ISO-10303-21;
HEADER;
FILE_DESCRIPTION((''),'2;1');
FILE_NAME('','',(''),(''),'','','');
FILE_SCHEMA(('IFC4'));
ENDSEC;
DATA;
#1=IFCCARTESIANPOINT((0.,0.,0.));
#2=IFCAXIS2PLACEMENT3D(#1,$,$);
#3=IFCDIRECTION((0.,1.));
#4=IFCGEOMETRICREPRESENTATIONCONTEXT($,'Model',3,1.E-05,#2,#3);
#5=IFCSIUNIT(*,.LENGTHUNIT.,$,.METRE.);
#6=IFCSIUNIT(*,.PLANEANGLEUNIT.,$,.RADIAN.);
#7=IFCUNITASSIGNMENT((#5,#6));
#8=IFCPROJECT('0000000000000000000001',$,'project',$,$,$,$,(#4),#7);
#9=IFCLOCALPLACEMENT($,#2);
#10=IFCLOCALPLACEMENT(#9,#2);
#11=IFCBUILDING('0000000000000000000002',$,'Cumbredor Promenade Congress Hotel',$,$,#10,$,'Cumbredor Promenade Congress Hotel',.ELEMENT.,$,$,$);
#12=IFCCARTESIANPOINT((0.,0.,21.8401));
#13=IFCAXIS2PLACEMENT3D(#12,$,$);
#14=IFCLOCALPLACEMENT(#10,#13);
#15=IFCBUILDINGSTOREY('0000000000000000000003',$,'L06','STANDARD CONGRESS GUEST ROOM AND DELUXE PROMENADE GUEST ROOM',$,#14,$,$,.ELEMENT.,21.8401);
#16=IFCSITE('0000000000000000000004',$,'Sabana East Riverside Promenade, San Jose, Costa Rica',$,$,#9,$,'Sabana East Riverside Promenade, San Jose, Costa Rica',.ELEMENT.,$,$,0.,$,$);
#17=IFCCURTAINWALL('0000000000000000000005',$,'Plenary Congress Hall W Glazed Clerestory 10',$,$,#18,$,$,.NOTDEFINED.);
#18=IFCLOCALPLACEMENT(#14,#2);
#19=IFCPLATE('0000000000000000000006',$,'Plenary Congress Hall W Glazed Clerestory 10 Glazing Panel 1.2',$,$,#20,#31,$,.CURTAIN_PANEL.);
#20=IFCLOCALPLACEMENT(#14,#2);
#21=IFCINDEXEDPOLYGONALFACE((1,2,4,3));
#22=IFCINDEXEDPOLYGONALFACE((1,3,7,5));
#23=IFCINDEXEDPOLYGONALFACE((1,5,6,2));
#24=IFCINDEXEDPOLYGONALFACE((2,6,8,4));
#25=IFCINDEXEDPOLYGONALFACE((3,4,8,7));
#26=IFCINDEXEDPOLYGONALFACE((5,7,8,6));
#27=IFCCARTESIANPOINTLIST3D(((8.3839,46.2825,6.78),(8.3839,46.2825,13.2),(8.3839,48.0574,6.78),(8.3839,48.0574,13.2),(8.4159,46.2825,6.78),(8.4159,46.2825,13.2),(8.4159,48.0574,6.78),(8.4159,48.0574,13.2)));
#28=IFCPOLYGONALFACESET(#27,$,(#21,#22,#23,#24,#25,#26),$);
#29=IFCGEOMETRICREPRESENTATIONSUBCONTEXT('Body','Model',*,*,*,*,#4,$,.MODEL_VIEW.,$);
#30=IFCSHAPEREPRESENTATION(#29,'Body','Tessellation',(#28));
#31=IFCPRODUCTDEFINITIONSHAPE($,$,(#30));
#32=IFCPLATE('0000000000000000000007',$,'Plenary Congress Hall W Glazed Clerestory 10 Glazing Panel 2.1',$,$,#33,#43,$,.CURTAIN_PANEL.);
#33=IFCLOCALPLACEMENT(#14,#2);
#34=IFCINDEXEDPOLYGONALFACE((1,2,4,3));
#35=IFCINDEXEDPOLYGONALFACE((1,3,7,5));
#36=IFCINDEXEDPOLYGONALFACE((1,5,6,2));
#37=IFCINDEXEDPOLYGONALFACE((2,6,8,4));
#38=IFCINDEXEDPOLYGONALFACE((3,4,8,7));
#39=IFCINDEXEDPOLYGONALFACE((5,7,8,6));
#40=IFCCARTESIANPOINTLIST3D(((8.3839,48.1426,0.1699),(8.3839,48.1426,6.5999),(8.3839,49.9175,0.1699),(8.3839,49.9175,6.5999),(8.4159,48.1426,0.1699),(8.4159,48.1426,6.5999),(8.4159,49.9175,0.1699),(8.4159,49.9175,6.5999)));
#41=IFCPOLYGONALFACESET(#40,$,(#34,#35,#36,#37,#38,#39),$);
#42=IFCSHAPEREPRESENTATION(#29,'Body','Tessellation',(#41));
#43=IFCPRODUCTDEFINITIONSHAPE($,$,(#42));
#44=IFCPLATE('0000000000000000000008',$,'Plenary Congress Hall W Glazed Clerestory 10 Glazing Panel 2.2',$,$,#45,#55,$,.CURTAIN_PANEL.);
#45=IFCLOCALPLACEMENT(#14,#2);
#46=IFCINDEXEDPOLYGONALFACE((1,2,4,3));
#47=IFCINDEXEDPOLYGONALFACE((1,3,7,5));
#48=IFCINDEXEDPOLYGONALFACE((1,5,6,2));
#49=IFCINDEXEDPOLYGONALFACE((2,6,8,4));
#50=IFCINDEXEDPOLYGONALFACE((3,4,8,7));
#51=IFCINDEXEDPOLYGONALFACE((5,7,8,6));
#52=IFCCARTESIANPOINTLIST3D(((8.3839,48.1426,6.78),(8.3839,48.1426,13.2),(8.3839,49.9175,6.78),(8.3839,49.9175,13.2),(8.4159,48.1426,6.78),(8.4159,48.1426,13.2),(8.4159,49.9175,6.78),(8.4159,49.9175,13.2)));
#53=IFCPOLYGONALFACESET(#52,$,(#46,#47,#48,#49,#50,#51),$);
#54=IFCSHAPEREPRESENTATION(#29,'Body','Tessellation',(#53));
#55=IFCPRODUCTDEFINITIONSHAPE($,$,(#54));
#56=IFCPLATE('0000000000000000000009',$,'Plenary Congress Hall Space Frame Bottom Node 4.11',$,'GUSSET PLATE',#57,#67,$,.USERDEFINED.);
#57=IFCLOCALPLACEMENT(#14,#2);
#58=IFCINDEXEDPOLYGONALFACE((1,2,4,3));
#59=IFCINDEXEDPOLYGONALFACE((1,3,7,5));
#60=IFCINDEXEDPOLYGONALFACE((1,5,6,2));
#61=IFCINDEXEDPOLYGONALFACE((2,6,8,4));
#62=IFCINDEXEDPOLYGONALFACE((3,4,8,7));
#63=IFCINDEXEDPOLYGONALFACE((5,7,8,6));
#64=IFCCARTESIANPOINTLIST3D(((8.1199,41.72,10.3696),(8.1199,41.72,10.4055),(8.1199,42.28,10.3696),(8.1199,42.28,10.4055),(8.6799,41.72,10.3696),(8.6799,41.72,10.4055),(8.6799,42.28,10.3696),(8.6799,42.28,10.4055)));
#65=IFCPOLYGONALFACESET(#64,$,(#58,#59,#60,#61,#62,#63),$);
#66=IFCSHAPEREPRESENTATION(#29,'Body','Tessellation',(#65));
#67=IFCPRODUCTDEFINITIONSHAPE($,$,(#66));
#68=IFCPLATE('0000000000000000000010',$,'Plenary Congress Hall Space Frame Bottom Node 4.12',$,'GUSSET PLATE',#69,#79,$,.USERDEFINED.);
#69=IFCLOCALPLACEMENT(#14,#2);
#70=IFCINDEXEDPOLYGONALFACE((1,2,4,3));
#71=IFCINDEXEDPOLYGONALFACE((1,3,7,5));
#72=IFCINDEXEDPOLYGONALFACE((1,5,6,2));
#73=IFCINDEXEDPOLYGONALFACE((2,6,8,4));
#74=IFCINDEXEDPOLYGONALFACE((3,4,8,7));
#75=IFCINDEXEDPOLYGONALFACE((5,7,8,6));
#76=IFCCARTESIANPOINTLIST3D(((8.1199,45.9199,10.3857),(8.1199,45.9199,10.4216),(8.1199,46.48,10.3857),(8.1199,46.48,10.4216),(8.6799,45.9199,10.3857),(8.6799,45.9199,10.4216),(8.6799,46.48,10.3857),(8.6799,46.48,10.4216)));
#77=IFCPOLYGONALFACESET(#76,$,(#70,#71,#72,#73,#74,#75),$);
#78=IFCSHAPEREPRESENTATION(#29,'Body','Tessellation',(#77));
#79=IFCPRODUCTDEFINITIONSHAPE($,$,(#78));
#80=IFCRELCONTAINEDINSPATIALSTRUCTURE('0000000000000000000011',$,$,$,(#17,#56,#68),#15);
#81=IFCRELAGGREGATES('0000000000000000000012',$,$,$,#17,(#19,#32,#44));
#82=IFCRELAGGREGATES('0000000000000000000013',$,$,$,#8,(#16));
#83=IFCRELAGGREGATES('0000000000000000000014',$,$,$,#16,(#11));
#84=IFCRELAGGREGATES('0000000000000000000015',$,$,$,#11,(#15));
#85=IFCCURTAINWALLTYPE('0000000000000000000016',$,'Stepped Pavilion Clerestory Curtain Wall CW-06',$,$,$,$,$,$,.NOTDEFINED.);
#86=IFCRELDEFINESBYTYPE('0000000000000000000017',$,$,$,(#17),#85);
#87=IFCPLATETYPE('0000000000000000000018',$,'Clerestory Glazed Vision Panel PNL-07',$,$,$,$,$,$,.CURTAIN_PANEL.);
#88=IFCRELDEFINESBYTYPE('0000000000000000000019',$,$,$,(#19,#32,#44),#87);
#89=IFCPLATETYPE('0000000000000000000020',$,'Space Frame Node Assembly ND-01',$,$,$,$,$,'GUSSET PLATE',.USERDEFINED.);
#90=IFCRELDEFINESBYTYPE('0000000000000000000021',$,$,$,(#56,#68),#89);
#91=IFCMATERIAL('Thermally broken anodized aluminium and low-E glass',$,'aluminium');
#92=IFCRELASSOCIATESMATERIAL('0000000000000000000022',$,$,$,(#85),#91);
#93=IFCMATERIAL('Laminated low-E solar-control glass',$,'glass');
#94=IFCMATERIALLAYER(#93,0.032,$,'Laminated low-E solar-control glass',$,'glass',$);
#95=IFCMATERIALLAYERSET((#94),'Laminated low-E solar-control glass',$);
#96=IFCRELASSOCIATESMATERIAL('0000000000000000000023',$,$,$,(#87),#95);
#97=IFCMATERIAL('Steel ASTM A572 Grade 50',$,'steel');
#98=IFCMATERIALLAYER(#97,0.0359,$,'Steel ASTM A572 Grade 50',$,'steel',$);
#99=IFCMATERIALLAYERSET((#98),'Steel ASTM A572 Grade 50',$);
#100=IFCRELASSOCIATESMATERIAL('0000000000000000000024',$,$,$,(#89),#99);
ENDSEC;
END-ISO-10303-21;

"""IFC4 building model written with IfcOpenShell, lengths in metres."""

from ifc_helpers import new_model, si_unit, direction, frame, origin, origin_2d, place, context, subcontext, project, spatial, rectangle, extrude, material, layer, layer_set, type_object, element, aggregate, save


model = new_model("IFC4")

# Units and contexts
model_context = context("Model", 3, precision=1e-05, world=origin(), true_north=direction((0.0, 1.0)))
body_context = subcontext(model_context, "Body", "Model", "MODEL_VIEW")
ifc_project = project(units=[si_unit("LENGTHUNIT", "METRE"), si_unit("PLANEANGLEUNIT", "RADIAN")], contexts=[model_context])

# Site, building, storey
site_placement = place(None, origin())
site = spatial("IfcSite", under=ifc_project, at=site_placement, Name="Sabana East Riverside Promenade, San Jose, Costa Rica", LongName="Sabana East Riverside Promenade, San Jose, Costa Rica", CompositionType="ELEMENT", RefElevation=0.0)
building_placement = place(site_placement, origin())
building = spatial("IfcBuilding", under=site, at=building_placement, Name="Cumbredor Promenade Congress Hotel", LongName="Cumbredor Promenade Congress Hotel", CompositionType="ELEMENT")
storey_placement = place(building_placement, frame((0.0, 0.0, 21.8401)))
storey = spatial("IfcBuildingStorey", under=building, at=storey_placement, Name="L06", Description="STANDARD CONGRESS GUEST ROOM AND DELUXE PROMENADE GUEST ROOM", CompositionType="ELEMENT", Elevation=21.8401)

# Curtain wall
ifc_material_1 = material(Name="Thermally broken anodized aluminium and low-E glass", Category="aluminium")
curtain_wall_type = type_object("IfcCurtainWallType", Name="Stepped Pavilion Clerestory Curtain Wall CW-06", PredefinedType="NOTDEFINED", material=ifc_material_1)
curtain_wall_1_placement = place(storey_placement, origin())
curtain_wall_1 = element("IfcCurtainWall", 1, at=curtain_wall_1_placement, inside=storey, type_object=curtain_wall_type, Name="Plenary Congress Hall W Glazed Clerestory 10", PredefinedType="NOTDEFINED")

# Plates
ifc_material_2 = material(Name="Laminated low-E solar-control glass", Category="glass")
ifc_layer_1 = layer(ifc_material_2, 0.032, Name="Laminated low-E solar-control glass", Category="glass")
ifc_layer_set_1 = layer_set([ifc_layer_1], Name="Laminated low-E solar-control glass")
plate_type_1 = type_object("IfcPlateType", Name="Clerestory Glazed Vision Panel PNL-07", PredefinedType="CURTAIN_PANEL", material=ifc_layer_set_1)
plate_1_placement = place(storey_placement, frame((8.3999, 47.1699, 6.78), z_axis=(0.0, 0.0, 1.0), x_axis=(0.0, 1.0, 0.0)))
plate_1 = element("IfcPlate", 2, at=plate_1_placement, type_object=plate_type_1, Name="Plenary Congress Hall W Glazed Clerestory 10 Glazing Panel 1.2", PredefinedType="CURTAIN_PANEL", context=body_context, shape_type="SweptSolid", body=[
    extrude(rectangle(XDim=1.7749, YDim=0.032, at=origin_2d()), origin(), (0.0, 0.0, 1.0), 6.4199),
])
plate_2_placement = place(storey_placement, frame((8.3999, 49.03, 0.1699), z_axis=(0.0, 0.0, 1.0), x_axis=(0.0, 1.0, 0.0)))
plate_2 = element("IfcPlate", 3, at=plate_2_placement, type_object=plate_type_1, Name="Plenary Congress Hall W Glazed Clerestory 10 Glazing Panel 2.1", PredefinedType="CURTAIN_PANEL", context=body_context, shape_type="SweptSolid", body=[
    extrude(rectangle(XDim=1.7749, YDim=0.032, at=origin_2d()), origin(), (0.0, 0.0, 1.0), 6.4299),
])
plate_3_placement = place(storey_placement, frame((8.3999, 49.03, 6.78), z_axis=(0.0, 0.0, 1.0), x_axis=(0.0, 1.0, 0.0)))
plate_3 = element("IfcPlate", 4, at=plate_3_placement, type_object=plate_type_1, Name="Plenary Congress Hall W Glazed Clerestory 10 Glazing Panel 2.2", PredefinedType="CURTAIN_PANEL", context=body_context, shape_type="SweptSolid", body=[
    extrude(rectangle(XDim=1.7749, YDim=0.032, at=origin_2d()), origin(), (0.0, 0.0, 1.0), 6.4199),
])
aggregate(curtain_wall_1, [plate_1, plate_2, plate_3])

# Plates
ifc_material_3 = material(Name="Steel ASTM A572 Grade 50", Category="steel")
ifc_layer_2 = layer(ifc_material_3, 0.0359, Name="Steel ASTM A572 Grade 50", Category="steel")
ifc_layer_set_2 = layer_set([ifc_layer_2], Name="Steel ASTM A572 Grade 50")
plate_type_2 = type_object("IfcPlateType", Name="Space Frame Node Assembly ND-01", ElementType="GUSSET PLATE", PredefinedType="USERDEFINED", material=ifc_layer_set_2)
for number, where, z_axis, x_axis, name in (
    (5, (8.3999, 42.0, 10.3696), (0.0, 0.0, 1.0), (1.0, 0.0, 0.0), "Plenary Congress Hall Space Frame Bottom Node 4.11"),
    (6, (8.3999, 46.2, 10.3857), (0.0, 0.0, 1.0), (1.0, 0.0, 0.0), "Plenary Congress Hall Space Frame Bottom Node 4.12"),
):
    element("IfcPlate", number, at=place(storey_placement, frame(where, z_axis=z_axis, x_axis=x_axis)), inside=storey, type_object=plate_type_2, Name=name, ObjectType="GUSSET PLATE", PredefinedType="USERDEFINED", context=body_context, shape_type="SweptSolid", body=[
        extrude(rectangle(XDim=0.5601, YDim=0.5601, at=origin_2d()), origin(), (0.0, 0.0, 1.0), 0.0359),
    ])

save(model, "model.ifc")
